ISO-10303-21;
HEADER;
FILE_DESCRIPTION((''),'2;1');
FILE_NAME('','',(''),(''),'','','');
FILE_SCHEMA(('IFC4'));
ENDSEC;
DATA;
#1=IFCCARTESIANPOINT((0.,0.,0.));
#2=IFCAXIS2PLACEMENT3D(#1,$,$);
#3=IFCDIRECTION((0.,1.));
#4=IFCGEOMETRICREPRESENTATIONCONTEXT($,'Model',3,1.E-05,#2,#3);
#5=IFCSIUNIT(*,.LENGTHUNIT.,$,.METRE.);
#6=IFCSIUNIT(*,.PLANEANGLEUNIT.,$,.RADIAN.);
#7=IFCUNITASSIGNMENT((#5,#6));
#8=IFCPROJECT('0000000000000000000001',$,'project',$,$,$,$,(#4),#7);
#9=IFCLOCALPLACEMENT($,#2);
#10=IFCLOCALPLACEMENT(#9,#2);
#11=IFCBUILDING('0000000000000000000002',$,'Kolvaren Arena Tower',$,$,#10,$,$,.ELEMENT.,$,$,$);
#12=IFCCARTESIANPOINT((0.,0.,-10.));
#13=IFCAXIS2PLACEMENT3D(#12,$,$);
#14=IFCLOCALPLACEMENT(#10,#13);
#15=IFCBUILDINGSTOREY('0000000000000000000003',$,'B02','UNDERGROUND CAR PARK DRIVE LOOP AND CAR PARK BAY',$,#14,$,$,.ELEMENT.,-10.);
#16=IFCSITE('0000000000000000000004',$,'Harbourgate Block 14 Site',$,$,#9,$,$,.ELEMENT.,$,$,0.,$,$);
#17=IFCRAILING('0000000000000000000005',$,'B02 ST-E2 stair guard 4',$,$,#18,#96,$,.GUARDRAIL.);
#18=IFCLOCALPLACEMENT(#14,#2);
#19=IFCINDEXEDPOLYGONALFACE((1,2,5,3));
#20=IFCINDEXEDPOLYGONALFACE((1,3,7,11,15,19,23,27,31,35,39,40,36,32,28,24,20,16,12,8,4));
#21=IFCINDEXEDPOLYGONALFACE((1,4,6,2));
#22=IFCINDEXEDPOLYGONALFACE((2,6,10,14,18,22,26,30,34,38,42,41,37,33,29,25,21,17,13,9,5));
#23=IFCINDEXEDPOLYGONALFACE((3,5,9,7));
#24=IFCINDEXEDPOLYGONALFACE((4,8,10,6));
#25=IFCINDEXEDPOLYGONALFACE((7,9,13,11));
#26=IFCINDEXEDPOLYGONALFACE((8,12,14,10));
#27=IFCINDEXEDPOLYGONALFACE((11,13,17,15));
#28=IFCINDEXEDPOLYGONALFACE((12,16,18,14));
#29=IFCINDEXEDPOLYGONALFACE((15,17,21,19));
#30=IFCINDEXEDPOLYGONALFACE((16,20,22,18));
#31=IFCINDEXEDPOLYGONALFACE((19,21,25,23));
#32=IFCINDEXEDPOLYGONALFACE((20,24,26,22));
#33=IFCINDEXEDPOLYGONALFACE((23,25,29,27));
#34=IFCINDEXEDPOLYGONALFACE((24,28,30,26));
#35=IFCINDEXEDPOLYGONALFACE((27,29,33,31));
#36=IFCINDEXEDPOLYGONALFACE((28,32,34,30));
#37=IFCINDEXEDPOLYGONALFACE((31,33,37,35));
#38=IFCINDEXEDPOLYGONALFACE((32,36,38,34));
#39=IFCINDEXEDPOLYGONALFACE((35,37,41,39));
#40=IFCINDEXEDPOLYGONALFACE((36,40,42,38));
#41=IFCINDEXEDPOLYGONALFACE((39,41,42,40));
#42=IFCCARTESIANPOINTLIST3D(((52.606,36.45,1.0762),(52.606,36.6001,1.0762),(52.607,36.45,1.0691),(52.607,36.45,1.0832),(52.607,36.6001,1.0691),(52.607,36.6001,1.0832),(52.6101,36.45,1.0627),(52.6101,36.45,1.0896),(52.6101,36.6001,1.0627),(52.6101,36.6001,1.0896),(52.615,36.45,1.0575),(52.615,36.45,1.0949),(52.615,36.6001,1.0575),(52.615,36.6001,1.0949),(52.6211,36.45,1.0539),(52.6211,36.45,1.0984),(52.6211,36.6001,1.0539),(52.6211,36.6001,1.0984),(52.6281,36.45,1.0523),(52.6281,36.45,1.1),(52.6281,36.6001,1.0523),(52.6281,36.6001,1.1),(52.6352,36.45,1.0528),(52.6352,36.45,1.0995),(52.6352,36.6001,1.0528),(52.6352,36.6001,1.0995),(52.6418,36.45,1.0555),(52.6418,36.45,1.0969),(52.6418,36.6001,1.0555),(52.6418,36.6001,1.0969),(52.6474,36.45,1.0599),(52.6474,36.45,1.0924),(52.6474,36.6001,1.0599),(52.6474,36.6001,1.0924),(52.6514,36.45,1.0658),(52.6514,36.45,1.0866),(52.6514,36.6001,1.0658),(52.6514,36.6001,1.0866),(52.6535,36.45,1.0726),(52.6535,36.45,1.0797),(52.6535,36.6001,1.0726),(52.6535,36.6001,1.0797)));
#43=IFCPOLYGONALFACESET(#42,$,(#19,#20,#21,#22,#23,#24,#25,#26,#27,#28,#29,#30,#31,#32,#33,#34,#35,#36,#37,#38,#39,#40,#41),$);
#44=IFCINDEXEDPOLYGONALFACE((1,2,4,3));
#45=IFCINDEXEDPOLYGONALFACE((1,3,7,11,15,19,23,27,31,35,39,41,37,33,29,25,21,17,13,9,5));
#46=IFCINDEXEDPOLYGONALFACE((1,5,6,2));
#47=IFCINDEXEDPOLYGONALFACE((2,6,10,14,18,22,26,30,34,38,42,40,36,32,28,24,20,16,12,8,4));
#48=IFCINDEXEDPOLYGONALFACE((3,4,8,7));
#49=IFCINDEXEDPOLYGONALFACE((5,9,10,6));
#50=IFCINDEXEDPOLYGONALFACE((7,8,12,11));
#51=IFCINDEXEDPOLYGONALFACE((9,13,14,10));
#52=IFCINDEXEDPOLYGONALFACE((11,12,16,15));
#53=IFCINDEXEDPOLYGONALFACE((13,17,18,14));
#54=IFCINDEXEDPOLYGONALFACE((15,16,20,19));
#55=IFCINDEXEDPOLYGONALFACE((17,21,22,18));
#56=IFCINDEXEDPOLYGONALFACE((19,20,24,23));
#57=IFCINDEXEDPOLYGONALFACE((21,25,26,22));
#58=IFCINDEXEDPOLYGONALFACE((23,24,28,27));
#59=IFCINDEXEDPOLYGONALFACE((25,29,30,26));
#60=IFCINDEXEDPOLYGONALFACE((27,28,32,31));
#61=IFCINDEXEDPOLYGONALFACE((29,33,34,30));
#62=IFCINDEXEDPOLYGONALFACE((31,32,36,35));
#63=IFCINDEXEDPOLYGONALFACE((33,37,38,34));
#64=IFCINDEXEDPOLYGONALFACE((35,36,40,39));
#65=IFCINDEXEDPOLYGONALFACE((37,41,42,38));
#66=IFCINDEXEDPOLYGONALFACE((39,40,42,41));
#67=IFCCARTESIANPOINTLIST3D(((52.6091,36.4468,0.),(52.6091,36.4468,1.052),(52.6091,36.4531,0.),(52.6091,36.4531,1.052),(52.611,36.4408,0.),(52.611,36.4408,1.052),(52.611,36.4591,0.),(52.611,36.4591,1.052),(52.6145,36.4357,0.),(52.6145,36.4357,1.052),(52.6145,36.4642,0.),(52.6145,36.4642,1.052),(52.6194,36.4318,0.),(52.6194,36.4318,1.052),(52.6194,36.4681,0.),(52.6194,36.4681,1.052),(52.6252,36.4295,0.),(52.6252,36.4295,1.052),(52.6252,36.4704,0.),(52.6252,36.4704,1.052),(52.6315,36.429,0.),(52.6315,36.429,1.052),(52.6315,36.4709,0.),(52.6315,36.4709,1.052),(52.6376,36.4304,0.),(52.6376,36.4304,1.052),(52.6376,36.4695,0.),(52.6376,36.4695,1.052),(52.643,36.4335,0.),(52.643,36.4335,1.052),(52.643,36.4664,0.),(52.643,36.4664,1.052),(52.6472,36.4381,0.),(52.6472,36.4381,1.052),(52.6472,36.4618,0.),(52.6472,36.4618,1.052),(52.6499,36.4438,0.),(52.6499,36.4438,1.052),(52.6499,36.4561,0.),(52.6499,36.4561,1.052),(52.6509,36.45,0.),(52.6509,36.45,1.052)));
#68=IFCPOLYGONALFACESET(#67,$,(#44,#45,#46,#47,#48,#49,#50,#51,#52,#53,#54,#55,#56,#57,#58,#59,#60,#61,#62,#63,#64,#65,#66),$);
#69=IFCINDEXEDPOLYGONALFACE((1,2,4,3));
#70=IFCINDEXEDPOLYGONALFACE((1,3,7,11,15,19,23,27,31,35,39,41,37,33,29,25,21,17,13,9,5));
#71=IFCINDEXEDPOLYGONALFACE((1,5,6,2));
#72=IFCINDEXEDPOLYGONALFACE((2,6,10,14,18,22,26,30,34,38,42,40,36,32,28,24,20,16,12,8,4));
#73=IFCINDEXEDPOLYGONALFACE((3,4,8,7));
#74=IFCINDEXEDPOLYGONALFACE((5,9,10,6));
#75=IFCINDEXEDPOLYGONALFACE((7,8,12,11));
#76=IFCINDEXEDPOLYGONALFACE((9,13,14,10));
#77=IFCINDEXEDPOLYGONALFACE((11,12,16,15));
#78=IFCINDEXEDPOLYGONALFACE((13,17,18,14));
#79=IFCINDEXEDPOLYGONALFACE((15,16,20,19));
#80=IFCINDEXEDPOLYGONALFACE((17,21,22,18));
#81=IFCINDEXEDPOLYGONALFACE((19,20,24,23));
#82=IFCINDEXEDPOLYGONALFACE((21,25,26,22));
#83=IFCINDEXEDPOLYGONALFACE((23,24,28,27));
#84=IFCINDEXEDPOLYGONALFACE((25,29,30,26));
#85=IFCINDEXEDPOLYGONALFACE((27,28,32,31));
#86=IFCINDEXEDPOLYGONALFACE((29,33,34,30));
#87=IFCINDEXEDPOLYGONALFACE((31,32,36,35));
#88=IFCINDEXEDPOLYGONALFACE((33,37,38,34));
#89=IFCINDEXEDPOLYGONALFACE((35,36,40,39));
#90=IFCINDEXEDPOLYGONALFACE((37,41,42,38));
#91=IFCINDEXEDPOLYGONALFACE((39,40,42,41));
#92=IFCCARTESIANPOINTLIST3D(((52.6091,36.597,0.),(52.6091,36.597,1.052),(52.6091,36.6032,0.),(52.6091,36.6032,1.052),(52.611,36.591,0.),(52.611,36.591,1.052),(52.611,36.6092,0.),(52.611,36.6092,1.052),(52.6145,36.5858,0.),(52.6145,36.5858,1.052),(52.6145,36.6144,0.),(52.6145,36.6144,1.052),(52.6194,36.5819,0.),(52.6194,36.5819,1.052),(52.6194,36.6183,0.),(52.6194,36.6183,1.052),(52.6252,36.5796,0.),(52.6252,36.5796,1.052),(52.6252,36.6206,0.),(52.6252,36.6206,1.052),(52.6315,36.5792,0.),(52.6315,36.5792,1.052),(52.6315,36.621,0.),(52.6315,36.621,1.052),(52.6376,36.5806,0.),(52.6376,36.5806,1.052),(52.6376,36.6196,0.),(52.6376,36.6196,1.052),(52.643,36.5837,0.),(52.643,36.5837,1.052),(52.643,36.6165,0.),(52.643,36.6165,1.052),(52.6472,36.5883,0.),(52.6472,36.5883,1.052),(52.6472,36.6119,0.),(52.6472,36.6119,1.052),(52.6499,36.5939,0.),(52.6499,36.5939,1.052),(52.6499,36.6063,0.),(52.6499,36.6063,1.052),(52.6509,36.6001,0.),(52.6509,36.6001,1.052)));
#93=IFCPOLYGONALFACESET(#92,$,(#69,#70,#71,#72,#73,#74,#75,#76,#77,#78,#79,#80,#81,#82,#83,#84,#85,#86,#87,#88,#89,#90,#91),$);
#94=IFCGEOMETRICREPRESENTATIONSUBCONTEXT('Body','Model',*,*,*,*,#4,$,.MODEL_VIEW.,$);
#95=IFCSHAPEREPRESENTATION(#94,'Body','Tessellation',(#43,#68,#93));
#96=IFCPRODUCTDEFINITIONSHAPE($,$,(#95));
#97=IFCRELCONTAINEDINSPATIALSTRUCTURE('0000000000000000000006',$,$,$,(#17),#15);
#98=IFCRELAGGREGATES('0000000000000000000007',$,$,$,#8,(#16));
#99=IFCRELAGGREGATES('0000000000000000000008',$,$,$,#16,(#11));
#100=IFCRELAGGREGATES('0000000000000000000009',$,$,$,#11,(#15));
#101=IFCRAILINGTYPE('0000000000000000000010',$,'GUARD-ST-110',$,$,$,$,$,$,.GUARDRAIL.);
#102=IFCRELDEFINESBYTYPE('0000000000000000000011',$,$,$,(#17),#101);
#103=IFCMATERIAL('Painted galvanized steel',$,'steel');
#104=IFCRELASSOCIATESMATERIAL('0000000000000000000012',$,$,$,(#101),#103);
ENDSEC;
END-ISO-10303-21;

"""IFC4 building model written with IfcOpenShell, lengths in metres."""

from ifc_helpers import new_model, si_unit, direction, frame, origin, origin_2d, place, context, subcontext, project, spatial, circle, extrude, material, type_object, element, save


model = new_model("IFC4")

# Units and contexts
model_context = context("Model", 3, precision=1e-05, world=origin(), true_north=direction((0.0, 1.0)))
body_context = subcontext(model_context, "Body", "Model", "MODEL_VIEW")
ifc_project = project(units=[si_unit("LENGTHUNIT", "METRE"), si_unit("PLANEANGLEUNIT", "RADIAN")], contexts=[model_context])

# Site, building, storey
site_placement = place(None, origin())
site = spatial("IfcSite", under=ifc_project, at=site_placement, Name="Harbourgate Block 14 Site", CompositionType="ELEMENT", RefElevation=0.0)
building_placement = place(site_placement, origin())
building = spatial("IfcBuilding", under=site, at=building_placement, Name="Kolvaren Arena Tower", CompositionType="ELEMENT")
storey_placement = place(building_placement, frame((0.0, 0.0, -10.0)))
storey = spatial("IfcBuildingStorey", under=building, at=storey_placement, Name="B02", Description="UNDERGROUND CAR PARK DRIVE LOOP AND CAR PARK BAY", CompositionType="ELEMENT", Elevation=-10.0)

# Railing
ifc_material_1 = material(Name="Painted galvanized steel", Category="steel")
railing_type_1 = type_object("IfcRailingType", Name="GUARD-ST-110", PredefinedType="GUARDRAIL", material=ifc_material_1)
railing_1_placement = place(storey_placement, frame((52.6299, 36.45, 0.0)))
element("IfcRailing", 1, at=railing_1_placement, inside=storey, type_object=railing_type_1, Name="B02 ST-E2 stair guard 4", PredefinedType="GUARDRAIL", context=body_context, shape_type="SweptSolid", body=[
    extrude(circle(Radius=0.0239, at=origin_2d()), frame((0.0, 0.0, 1.0762), z_axis=(0.0, 1.0, 0.0), x_axis=(-1.0, 0.0, 0.0)), (0.0, 0.0, 1.0), 0.1501),
    extrude(circle(Radius=0.021, at=origin_2d()), origin(), (0.0, 0.0, 1.0), 1.052),
    extrude(circle(Radius=0.021, at=origin_2d()), frame((0.0, 0.1501, 0.0)), (0.0, 0.0, 1.0), 1.052),
])

save(model, "model.ifc")
